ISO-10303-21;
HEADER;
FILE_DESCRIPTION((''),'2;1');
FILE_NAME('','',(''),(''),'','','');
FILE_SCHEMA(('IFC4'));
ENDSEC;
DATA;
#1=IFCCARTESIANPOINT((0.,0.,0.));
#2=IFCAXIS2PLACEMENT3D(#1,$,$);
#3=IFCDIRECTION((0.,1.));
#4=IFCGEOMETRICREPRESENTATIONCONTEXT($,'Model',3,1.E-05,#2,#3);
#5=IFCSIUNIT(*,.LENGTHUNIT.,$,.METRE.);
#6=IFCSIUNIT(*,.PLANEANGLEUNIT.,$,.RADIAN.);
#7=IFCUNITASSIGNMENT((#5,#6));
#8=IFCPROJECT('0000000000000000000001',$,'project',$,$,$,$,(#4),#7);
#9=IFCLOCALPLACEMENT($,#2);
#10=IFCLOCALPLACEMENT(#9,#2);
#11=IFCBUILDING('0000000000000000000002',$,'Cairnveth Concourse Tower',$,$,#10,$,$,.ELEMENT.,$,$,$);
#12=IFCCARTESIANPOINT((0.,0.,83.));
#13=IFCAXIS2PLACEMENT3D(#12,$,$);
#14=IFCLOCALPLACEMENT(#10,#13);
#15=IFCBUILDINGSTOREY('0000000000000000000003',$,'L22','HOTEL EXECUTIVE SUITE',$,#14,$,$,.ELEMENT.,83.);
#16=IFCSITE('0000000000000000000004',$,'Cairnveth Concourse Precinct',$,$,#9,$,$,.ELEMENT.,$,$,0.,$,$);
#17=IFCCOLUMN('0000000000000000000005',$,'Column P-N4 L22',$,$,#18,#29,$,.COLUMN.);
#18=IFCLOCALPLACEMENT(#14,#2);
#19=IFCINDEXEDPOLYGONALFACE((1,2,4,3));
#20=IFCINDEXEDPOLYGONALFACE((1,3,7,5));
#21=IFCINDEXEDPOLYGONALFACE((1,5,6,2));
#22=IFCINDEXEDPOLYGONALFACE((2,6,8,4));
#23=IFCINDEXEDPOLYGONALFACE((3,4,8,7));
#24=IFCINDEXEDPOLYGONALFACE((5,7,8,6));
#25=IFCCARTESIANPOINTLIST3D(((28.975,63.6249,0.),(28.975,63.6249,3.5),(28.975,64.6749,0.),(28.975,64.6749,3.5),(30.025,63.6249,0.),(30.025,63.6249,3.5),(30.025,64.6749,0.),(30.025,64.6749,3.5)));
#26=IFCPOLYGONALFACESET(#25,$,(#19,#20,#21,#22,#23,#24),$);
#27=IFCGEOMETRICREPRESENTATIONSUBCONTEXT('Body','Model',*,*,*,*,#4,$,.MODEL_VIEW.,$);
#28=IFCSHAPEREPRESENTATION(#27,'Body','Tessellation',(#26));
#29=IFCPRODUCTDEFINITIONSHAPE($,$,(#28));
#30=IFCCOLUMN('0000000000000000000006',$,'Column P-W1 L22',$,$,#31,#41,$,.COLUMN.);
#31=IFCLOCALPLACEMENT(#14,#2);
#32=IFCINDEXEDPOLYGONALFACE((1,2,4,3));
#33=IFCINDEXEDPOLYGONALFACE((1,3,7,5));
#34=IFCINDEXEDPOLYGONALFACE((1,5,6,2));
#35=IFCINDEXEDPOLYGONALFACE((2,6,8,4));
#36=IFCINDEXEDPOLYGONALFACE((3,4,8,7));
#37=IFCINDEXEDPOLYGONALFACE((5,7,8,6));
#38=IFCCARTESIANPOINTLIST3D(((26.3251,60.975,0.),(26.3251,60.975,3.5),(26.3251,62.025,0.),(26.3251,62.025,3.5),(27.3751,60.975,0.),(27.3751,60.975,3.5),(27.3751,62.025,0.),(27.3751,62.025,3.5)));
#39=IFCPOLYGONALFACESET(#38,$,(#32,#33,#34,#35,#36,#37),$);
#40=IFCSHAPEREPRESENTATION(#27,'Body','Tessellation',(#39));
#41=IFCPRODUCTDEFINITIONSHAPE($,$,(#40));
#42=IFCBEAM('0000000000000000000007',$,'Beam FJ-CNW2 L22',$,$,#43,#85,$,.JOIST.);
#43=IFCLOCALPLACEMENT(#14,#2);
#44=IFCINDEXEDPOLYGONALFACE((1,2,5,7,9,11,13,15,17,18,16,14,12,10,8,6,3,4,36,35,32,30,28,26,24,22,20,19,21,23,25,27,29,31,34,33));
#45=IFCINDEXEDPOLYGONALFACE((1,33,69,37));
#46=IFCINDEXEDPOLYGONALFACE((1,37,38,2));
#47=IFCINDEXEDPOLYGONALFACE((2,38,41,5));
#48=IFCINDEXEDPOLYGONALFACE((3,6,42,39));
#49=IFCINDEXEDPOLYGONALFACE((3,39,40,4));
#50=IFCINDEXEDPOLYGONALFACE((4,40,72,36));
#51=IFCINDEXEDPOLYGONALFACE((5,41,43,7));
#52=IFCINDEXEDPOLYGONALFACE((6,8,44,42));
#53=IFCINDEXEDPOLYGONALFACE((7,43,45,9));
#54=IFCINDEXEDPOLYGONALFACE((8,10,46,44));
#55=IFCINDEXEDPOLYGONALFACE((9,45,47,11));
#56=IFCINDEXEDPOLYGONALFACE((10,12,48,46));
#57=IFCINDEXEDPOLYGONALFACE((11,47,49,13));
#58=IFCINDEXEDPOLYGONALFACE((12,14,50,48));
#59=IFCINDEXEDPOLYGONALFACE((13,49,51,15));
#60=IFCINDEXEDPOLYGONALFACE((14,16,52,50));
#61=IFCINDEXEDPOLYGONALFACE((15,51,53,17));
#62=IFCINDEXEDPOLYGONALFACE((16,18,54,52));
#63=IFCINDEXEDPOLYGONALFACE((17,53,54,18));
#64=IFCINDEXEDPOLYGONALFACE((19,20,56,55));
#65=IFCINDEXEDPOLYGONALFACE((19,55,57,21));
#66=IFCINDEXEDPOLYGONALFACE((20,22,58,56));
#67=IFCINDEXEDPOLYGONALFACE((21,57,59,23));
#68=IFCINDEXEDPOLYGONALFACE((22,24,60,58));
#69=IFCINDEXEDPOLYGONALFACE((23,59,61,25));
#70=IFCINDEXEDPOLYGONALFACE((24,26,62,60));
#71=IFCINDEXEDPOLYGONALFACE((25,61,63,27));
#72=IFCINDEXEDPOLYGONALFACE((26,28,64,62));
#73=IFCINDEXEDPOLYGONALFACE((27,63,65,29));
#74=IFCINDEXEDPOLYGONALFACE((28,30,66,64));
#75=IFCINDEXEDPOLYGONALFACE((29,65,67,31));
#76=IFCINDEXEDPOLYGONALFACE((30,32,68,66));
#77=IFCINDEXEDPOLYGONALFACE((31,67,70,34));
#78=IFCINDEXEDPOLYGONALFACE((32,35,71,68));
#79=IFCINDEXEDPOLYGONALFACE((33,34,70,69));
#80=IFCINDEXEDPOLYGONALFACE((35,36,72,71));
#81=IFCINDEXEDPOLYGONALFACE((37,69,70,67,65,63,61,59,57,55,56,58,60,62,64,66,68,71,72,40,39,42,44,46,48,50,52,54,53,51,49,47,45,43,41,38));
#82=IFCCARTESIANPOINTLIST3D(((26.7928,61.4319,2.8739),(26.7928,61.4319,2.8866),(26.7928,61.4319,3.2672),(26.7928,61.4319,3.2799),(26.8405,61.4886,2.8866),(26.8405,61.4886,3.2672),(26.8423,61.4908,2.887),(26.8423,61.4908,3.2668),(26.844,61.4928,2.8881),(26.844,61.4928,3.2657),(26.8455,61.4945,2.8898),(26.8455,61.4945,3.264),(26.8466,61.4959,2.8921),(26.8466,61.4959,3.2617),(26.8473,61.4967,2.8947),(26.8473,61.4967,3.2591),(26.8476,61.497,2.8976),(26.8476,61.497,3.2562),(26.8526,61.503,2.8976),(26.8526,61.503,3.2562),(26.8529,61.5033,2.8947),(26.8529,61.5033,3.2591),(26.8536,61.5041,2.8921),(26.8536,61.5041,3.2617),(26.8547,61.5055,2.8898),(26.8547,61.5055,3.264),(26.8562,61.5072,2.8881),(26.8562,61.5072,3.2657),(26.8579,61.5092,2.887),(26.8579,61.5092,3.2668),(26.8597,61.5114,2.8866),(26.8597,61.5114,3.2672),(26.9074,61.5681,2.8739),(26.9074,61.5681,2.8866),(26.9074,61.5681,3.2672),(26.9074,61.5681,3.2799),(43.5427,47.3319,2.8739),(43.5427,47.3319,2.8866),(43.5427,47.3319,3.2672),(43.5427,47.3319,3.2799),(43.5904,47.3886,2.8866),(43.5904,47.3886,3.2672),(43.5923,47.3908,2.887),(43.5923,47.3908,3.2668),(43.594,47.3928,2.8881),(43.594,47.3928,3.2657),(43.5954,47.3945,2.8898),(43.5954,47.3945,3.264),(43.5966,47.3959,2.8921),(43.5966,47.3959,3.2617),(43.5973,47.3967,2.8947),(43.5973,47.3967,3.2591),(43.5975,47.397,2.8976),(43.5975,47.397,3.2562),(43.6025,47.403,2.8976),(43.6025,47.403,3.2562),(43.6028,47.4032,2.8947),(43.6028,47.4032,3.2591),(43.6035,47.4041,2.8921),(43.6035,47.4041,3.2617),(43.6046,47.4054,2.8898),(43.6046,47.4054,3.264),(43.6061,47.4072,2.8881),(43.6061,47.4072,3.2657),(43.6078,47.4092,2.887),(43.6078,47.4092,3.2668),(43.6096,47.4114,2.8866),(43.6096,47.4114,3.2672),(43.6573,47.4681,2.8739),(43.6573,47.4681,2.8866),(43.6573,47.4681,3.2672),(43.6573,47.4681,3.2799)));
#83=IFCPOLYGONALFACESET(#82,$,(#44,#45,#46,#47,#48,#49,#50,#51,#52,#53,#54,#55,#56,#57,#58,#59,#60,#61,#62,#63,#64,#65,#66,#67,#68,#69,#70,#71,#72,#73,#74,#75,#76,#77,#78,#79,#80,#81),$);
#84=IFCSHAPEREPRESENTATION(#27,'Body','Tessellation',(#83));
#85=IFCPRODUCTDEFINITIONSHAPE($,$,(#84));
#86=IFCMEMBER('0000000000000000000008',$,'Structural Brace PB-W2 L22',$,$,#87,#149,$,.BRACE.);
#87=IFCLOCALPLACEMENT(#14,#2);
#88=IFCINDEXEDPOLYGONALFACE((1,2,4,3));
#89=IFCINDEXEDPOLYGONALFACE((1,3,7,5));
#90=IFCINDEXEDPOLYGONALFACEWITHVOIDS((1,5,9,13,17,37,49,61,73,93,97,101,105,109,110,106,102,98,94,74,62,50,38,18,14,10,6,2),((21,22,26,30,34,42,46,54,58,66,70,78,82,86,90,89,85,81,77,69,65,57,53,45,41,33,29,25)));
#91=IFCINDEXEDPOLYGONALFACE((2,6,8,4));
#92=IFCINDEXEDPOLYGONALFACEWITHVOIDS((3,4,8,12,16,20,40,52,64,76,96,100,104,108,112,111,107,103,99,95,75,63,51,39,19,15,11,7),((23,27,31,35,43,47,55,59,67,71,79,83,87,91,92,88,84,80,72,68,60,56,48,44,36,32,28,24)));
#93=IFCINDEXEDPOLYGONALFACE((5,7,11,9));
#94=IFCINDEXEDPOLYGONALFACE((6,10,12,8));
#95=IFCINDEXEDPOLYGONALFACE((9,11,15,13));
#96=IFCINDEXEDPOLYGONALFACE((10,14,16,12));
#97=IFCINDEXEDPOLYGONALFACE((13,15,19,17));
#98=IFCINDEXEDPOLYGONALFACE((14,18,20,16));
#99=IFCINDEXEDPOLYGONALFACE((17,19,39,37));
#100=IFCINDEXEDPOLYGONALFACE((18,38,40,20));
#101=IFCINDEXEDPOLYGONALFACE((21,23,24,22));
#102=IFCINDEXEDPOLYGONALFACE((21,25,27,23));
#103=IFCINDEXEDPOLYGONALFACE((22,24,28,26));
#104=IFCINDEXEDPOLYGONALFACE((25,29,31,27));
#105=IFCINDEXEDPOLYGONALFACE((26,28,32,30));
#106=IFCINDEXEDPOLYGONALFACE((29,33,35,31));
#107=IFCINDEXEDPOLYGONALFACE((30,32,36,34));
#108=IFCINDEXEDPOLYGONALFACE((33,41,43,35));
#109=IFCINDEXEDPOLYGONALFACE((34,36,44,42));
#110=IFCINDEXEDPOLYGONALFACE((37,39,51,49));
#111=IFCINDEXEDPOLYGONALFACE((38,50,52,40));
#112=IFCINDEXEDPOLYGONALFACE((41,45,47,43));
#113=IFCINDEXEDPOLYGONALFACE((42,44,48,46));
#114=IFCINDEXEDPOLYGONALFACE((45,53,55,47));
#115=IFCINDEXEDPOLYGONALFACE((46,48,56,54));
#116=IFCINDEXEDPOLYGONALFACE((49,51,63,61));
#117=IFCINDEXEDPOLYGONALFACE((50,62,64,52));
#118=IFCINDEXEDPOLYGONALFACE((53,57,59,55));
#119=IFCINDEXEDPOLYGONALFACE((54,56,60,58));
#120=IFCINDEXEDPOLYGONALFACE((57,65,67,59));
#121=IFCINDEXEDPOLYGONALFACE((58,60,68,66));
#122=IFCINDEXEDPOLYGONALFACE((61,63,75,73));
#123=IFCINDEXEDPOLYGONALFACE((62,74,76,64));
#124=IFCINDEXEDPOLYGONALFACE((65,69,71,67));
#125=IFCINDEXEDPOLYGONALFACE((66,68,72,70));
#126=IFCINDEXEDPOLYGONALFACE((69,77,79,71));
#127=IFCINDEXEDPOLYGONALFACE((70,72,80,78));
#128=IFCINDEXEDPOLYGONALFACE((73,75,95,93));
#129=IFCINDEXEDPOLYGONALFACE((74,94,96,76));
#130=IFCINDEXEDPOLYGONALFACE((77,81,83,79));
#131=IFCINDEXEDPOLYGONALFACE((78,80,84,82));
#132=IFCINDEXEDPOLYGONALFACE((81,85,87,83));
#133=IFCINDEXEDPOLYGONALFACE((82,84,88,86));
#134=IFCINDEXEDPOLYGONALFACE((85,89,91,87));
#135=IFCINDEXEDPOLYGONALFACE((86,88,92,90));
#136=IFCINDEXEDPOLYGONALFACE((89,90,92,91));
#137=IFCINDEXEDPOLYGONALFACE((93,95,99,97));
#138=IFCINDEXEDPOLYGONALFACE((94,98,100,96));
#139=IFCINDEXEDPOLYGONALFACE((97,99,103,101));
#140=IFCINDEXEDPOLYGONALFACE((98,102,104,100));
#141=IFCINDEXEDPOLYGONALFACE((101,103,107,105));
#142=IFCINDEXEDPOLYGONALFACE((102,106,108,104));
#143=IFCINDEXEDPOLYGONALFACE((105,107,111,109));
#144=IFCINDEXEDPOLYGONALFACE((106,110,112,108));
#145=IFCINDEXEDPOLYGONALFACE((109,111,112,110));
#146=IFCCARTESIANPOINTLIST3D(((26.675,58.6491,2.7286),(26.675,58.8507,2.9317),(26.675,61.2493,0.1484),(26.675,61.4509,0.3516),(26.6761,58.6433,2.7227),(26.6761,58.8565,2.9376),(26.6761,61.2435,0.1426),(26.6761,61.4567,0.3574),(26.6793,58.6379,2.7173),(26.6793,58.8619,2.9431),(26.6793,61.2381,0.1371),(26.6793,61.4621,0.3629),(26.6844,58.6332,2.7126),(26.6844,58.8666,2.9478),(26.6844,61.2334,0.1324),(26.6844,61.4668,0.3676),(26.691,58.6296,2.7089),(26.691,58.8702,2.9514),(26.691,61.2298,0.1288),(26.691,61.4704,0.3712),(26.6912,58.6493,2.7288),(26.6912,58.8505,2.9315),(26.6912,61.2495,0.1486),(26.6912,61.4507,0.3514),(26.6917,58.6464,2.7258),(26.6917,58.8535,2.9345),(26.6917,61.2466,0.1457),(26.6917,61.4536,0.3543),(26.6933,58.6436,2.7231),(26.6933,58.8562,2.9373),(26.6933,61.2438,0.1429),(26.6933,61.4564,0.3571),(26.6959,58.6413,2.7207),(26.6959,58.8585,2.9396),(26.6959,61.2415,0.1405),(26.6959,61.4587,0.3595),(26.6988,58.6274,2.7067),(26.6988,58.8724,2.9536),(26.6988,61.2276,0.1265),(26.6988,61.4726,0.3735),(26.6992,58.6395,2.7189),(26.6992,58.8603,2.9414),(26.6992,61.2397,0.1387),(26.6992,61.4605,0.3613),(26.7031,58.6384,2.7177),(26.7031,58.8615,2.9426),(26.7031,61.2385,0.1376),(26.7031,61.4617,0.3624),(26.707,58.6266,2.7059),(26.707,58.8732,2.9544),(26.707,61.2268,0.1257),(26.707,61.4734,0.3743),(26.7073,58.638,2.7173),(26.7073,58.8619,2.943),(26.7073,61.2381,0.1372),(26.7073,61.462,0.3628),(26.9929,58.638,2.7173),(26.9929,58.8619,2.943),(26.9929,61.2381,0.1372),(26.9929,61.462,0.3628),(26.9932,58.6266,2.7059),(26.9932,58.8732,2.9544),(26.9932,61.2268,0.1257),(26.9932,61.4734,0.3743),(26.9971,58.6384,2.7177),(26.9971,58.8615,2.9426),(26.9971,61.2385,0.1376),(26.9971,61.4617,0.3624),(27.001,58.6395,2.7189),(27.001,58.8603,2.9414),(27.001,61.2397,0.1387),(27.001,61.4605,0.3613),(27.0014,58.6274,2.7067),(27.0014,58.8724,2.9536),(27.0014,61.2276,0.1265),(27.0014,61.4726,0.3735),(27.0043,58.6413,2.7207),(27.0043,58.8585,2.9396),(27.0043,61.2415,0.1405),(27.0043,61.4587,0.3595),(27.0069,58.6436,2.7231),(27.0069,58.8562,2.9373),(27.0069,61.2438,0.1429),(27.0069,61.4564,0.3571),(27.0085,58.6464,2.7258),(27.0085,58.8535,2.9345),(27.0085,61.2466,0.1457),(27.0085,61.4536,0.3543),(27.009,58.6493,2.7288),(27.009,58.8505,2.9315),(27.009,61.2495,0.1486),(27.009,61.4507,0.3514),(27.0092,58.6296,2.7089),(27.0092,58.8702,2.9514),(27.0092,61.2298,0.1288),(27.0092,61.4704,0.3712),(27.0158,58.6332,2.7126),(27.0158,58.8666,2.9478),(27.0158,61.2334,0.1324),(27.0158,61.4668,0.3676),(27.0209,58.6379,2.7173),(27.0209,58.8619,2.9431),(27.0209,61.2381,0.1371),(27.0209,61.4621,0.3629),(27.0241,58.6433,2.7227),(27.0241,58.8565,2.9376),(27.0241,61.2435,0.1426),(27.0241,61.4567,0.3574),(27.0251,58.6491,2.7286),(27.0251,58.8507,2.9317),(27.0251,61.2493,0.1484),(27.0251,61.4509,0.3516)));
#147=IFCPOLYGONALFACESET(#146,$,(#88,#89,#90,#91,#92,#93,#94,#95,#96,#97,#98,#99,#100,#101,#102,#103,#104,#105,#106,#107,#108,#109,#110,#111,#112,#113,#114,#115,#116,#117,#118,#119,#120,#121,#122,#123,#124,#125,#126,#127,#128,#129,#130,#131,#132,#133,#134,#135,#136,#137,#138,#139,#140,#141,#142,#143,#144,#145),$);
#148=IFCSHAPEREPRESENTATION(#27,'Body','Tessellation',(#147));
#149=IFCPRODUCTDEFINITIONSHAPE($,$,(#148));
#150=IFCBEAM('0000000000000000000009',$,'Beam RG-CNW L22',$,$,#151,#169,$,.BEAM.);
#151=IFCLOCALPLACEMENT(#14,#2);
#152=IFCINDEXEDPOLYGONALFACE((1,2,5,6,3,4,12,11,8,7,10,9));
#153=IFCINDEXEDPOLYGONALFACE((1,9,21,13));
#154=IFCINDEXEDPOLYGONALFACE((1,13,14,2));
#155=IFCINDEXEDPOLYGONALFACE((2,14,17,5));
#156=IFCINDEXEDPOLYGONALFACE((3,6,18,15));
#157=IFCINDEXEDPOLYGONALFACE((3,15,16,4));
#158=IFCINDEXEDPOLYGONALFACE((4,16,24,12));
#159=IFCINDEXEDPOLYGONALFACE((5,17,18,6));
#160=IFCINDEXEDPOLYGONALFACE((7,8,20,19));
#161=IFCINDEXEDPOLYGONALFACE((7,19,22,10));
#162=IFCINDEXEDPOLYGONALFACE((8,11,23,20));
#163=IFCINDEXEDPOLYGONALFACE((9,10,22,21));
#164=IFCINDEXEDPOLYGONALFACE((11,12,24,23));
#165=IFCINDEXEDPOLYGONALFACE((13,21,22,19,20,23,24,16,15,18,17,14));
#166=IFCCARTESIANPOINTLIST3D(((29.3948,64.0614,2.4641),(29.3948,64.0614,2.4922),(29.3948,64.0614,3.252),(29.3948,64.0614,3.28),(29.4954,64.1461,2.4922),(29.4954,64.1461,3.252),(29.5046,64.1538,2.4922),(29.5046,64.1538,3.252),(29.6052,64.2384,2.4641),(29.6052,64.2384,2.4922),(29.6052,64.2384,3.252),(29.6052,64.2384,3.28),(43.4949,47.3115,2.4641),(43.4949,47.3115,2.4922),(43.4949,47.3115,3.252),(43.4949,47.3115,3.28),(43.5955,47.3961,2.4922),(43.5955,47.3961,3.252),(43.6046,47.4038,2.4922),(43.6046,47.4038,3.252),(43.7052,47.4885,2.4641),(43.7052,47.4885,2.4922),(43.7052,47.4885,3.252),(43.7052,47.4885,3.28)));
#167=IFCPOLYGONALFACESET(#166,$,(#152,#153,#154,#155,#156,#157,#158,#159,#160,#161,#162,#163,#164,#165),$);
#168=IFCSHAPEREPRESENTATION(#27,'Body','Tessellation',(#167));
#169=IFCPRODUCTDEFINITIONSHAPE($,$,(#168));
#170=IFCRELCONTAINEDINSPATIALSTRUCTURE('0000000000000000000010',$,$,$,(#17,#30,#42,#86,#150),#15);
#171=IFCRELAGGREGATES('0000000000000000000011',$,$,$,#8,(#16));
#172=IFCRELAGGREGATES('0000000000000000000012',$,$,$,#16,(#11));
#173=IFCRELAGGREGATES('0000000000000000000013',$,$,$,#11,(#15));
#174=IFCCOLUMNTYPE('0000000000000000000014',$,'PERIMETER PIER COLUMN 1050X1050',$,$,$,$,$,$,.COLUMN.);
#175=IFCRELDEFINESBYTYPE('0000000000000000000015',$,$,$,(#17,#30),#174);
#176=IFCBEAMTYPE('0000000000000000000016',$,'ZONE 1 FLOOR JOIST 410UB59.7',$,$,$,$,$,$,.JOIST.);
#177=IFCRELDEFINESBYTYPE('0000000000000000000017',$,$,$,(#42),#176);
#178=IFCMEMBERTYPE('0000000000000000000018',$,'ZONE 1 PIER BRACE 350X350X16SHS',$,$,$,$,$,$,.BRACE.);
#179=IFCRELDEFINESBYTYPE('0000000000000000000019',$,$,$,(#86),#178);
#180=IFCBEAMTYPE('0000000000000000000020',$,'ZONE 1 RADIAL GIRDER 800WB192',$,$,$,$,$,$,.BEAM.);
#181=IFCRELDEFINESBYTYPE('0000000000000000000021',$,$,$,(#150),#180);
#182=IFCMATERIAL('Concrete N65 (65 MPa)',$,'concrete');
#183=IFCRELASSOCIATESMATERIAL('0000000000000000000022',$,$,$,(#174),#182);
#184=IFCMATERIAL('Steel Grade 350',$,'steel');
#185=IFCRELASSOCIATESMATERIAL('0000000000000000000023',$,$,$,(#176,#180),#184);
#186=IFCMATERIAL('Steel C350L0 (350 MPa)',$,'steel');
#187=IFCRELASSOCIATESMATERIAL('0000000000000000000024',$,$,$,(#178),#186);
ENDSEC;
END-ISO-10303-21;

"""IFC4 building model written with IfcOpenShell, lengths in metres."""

from ifc_helpers import new_model, si_unit, direction, frame, origin, origin_2d, place, context, subcontext, project, spatial, rectangle, hollow_rectangle, i_section, extrude, material, material_profile, profile_set, type_object, element, save


model = new_model("IFC4")

# Units and contexts
model_context = context("Model", 3, precision=1e-05, world=origin(), true_north=direction((0.0, 1.0)))
body_context = subcontext(model_context, "Body", "Model", "MODEL_VIEW")
ifc_project = project(units=[si_unit("LENGTHUNIT", "METRE"), si_unit("PLANEANGLEUNIT", "RADIAN")], contexts=[model_context])

# Site, building, storey
site_placement = place(None, origin())
site = spatial("IfcSite", under=ifc_project, at=site_placement, Name="Cairnveth Concourse Precinct", CompositionType="ELEMENT", RefElevation=0.0)
building_placement = place(site_placement, origin())
building = spatial("IfcBuilding", under=site, at=building_placement, Name="Cairnveth Concourse Tower", CompositionType="ELEMENT")
storey_placement = place(building_placement, frame((0.0, 0.0, 83.0)))
storey = spatial("IfcBuildingStorey", under=building, at=storey_placement, Name="L22", Description="HOTEL EXECUTIVE SUITE", CompositionType="ELEMENT", Elevation=83.0)

# Columns
ifc_material_1 = material(Name="Concrete N65 (65 MPa)", Category="concrete")
ifc_material_profile_1 = material_profile(ifc_material_1, rectangle(XDim=1.05, YDim=1.05, at=origin_2d()), Name="RC-COL-1050x1050")
ifc_profile_set_1 = profile_set([ifc_material_profile_1], Name="Concrete N65 (65 MPa)")
column_type = type_object("IfcColumnType", Name="PERIMETER PIER COLUMN 1050X1050", PredefinedType="COLUMN", material=ifc_profile_set_1)
for number, where, z_axis, x_axis, name in (
    (1, (29.5, 64.1499, 0.0), (0.0, 0.0, 1.0), (1.0, 0.0, 0.0), "Column P-N4 L22"),
    (2, (26.8501, 61.5, 0.0), (0.0, 0.0, 1.0), (0.0, 1.0, 0.0), "Column P-W1 L22"),
):
    element("IfcColumn", number, at=place(storey_placement, frame(where, z_axis=z_axis, x_axis=x_axis)), inside=storey, type_object=column_type, Name=name, PredefinedType="COLUMN", context=body_context, shape_type="SweptSolid", body=[
        extrude(rectangle(XDim=1.05, YDim=1.05, at=origin_2d()), origin(), (0.0, 0.0, 1.0), 3.5),
    ])

# Beam
ifc_material_2 = material(Name="Steel Grade 350", Category="steel")
ifc_material_profile_2 = material_profile(ifc_material_2, i_section(OverallWidth=0.178, OverallDepth=0.406, WebThickness=0.0078, FlangeThickness=0.0127, FilletRadius=0.011, at=origin_2d()), Name="410UB59.7")
ifc_profile_set_2 = profile_set([ifc_material_profile_2], Name="Steel Grade 350")
beam_type_1 = type_object("IfcBeamType", Name="ZONE 1 FLOOR JOIST 410UB59.7", PredefinedType="JOIST", material=ifc_profile_set_2)
beam_1_placement = place(storey_placement, frame((26.8501, 61.5, 3.0769), z_axis=(0.765027, -0.643998, 0.0), x_axis=(0.643998, 0.765027, 0.0)))
element("IfcBeam", 3, at=beam_1_placement, inside=storey, type_object=beam_type_1, Name="Beam FJ-CNW2 L22", PredefinedType="JOIST", context=body_context, shape_type="SweptSolid", body=[
    extrude(i_section(OverallWidth=0.178, OverallDepth=0.406, WebThickness=0.0078, FlangeThickness=0.0127, FilletRadius=0.011, at=origin_2d()), origin(), (0.0, 0.0, 1.0), 21.8945),
])

# Member
ifc_material_3 = material(Name="Steel C350L0 (350 MPa)", Category="steel")
ifc_material_profile_3 = material_profile(ifc_material_3, hollow_rectangle(XDim=0.3501, YDim=0.3501, WallThickness=0.0161, InnerFilletRadius=0.0161, OuterFilletRadius=0.032, at=origin_2d()), Name="350x350x16.0SHS")
ifc_profile_set_3 = profile_set([ifc_material_profile_3], Name="Steel C350L0 (350 MPa)")
member_type = type_object("IfcMemberType", Name="ZONE 1 PIER BRACE 350X350X16SHS", PredefinedType="BRACE", material=ifc_profile_set_3)
member_placement = place(storey_placement, frame((26.8501, 61.3501, 0.25), z_axis=(0.0, -0.709834, 0.704369), x_axis=(1.0, 0.0, 0.0)))
element("IfcMember", 4, at=member_placement, inside=storey, type_object=member_type, Name="Structural Brace PB-W2 L22", PredefinedType="BRACE", context=body_context, shape_type="SweptSolid", body=[
    extrude(hollow_rectangle(XDim=0.3501, YDim=0.3501, WallThickness=0.0161, InnerFilletRadius=0.0161, OuterFilletRadius=0.032, at=origin_2d()), origin(), (0.0, 0.0, 1.0), 3.6631),
])

# Beam
ifc_material_profile_4 = material_profile(ifc_material_2, i_section(OverallWidth=0.2749, OverallDepth=0.8159, WebThickness=0.012, FlangeThickness=0.0281, at=origin_2d()), Name="800WB192")
ifc_profile_set_4 = profile_set([ifc_material_profile_4], Name="Steel Grade 350")
beam_type_2 = type_object("IfcBeamType", Name="ZONE 1 RADIAL GIRDER 800WB192", PredefinedType="BEAM", material=ifc_profile_set_4)
beam_2_placement = place(storey_placement, frame((29.5, 64.1499, 2.8721), z_axis=(0.643998, -0.765027, 0.0), x_axis=(0.765027, 0.643998, 0.0)))
element("IfcBeam", 5, at=beam_2_placement, inside=storey, type_object=beam_type_2, Name="Beam RG-CNW L22", PredefinedType="BEAM", context=body_context, shape_type="SweptSolid", body=[
    extrude(i_section(OverallWidth=0.2749, OverallDepth=0.8159, WebThickness=0.012, FlangeThickness=0.0281, at=origin_2d()), origin(), (0.0, 0.0, 1.0), 21.8945),
])

save(model, "model.ifc")
